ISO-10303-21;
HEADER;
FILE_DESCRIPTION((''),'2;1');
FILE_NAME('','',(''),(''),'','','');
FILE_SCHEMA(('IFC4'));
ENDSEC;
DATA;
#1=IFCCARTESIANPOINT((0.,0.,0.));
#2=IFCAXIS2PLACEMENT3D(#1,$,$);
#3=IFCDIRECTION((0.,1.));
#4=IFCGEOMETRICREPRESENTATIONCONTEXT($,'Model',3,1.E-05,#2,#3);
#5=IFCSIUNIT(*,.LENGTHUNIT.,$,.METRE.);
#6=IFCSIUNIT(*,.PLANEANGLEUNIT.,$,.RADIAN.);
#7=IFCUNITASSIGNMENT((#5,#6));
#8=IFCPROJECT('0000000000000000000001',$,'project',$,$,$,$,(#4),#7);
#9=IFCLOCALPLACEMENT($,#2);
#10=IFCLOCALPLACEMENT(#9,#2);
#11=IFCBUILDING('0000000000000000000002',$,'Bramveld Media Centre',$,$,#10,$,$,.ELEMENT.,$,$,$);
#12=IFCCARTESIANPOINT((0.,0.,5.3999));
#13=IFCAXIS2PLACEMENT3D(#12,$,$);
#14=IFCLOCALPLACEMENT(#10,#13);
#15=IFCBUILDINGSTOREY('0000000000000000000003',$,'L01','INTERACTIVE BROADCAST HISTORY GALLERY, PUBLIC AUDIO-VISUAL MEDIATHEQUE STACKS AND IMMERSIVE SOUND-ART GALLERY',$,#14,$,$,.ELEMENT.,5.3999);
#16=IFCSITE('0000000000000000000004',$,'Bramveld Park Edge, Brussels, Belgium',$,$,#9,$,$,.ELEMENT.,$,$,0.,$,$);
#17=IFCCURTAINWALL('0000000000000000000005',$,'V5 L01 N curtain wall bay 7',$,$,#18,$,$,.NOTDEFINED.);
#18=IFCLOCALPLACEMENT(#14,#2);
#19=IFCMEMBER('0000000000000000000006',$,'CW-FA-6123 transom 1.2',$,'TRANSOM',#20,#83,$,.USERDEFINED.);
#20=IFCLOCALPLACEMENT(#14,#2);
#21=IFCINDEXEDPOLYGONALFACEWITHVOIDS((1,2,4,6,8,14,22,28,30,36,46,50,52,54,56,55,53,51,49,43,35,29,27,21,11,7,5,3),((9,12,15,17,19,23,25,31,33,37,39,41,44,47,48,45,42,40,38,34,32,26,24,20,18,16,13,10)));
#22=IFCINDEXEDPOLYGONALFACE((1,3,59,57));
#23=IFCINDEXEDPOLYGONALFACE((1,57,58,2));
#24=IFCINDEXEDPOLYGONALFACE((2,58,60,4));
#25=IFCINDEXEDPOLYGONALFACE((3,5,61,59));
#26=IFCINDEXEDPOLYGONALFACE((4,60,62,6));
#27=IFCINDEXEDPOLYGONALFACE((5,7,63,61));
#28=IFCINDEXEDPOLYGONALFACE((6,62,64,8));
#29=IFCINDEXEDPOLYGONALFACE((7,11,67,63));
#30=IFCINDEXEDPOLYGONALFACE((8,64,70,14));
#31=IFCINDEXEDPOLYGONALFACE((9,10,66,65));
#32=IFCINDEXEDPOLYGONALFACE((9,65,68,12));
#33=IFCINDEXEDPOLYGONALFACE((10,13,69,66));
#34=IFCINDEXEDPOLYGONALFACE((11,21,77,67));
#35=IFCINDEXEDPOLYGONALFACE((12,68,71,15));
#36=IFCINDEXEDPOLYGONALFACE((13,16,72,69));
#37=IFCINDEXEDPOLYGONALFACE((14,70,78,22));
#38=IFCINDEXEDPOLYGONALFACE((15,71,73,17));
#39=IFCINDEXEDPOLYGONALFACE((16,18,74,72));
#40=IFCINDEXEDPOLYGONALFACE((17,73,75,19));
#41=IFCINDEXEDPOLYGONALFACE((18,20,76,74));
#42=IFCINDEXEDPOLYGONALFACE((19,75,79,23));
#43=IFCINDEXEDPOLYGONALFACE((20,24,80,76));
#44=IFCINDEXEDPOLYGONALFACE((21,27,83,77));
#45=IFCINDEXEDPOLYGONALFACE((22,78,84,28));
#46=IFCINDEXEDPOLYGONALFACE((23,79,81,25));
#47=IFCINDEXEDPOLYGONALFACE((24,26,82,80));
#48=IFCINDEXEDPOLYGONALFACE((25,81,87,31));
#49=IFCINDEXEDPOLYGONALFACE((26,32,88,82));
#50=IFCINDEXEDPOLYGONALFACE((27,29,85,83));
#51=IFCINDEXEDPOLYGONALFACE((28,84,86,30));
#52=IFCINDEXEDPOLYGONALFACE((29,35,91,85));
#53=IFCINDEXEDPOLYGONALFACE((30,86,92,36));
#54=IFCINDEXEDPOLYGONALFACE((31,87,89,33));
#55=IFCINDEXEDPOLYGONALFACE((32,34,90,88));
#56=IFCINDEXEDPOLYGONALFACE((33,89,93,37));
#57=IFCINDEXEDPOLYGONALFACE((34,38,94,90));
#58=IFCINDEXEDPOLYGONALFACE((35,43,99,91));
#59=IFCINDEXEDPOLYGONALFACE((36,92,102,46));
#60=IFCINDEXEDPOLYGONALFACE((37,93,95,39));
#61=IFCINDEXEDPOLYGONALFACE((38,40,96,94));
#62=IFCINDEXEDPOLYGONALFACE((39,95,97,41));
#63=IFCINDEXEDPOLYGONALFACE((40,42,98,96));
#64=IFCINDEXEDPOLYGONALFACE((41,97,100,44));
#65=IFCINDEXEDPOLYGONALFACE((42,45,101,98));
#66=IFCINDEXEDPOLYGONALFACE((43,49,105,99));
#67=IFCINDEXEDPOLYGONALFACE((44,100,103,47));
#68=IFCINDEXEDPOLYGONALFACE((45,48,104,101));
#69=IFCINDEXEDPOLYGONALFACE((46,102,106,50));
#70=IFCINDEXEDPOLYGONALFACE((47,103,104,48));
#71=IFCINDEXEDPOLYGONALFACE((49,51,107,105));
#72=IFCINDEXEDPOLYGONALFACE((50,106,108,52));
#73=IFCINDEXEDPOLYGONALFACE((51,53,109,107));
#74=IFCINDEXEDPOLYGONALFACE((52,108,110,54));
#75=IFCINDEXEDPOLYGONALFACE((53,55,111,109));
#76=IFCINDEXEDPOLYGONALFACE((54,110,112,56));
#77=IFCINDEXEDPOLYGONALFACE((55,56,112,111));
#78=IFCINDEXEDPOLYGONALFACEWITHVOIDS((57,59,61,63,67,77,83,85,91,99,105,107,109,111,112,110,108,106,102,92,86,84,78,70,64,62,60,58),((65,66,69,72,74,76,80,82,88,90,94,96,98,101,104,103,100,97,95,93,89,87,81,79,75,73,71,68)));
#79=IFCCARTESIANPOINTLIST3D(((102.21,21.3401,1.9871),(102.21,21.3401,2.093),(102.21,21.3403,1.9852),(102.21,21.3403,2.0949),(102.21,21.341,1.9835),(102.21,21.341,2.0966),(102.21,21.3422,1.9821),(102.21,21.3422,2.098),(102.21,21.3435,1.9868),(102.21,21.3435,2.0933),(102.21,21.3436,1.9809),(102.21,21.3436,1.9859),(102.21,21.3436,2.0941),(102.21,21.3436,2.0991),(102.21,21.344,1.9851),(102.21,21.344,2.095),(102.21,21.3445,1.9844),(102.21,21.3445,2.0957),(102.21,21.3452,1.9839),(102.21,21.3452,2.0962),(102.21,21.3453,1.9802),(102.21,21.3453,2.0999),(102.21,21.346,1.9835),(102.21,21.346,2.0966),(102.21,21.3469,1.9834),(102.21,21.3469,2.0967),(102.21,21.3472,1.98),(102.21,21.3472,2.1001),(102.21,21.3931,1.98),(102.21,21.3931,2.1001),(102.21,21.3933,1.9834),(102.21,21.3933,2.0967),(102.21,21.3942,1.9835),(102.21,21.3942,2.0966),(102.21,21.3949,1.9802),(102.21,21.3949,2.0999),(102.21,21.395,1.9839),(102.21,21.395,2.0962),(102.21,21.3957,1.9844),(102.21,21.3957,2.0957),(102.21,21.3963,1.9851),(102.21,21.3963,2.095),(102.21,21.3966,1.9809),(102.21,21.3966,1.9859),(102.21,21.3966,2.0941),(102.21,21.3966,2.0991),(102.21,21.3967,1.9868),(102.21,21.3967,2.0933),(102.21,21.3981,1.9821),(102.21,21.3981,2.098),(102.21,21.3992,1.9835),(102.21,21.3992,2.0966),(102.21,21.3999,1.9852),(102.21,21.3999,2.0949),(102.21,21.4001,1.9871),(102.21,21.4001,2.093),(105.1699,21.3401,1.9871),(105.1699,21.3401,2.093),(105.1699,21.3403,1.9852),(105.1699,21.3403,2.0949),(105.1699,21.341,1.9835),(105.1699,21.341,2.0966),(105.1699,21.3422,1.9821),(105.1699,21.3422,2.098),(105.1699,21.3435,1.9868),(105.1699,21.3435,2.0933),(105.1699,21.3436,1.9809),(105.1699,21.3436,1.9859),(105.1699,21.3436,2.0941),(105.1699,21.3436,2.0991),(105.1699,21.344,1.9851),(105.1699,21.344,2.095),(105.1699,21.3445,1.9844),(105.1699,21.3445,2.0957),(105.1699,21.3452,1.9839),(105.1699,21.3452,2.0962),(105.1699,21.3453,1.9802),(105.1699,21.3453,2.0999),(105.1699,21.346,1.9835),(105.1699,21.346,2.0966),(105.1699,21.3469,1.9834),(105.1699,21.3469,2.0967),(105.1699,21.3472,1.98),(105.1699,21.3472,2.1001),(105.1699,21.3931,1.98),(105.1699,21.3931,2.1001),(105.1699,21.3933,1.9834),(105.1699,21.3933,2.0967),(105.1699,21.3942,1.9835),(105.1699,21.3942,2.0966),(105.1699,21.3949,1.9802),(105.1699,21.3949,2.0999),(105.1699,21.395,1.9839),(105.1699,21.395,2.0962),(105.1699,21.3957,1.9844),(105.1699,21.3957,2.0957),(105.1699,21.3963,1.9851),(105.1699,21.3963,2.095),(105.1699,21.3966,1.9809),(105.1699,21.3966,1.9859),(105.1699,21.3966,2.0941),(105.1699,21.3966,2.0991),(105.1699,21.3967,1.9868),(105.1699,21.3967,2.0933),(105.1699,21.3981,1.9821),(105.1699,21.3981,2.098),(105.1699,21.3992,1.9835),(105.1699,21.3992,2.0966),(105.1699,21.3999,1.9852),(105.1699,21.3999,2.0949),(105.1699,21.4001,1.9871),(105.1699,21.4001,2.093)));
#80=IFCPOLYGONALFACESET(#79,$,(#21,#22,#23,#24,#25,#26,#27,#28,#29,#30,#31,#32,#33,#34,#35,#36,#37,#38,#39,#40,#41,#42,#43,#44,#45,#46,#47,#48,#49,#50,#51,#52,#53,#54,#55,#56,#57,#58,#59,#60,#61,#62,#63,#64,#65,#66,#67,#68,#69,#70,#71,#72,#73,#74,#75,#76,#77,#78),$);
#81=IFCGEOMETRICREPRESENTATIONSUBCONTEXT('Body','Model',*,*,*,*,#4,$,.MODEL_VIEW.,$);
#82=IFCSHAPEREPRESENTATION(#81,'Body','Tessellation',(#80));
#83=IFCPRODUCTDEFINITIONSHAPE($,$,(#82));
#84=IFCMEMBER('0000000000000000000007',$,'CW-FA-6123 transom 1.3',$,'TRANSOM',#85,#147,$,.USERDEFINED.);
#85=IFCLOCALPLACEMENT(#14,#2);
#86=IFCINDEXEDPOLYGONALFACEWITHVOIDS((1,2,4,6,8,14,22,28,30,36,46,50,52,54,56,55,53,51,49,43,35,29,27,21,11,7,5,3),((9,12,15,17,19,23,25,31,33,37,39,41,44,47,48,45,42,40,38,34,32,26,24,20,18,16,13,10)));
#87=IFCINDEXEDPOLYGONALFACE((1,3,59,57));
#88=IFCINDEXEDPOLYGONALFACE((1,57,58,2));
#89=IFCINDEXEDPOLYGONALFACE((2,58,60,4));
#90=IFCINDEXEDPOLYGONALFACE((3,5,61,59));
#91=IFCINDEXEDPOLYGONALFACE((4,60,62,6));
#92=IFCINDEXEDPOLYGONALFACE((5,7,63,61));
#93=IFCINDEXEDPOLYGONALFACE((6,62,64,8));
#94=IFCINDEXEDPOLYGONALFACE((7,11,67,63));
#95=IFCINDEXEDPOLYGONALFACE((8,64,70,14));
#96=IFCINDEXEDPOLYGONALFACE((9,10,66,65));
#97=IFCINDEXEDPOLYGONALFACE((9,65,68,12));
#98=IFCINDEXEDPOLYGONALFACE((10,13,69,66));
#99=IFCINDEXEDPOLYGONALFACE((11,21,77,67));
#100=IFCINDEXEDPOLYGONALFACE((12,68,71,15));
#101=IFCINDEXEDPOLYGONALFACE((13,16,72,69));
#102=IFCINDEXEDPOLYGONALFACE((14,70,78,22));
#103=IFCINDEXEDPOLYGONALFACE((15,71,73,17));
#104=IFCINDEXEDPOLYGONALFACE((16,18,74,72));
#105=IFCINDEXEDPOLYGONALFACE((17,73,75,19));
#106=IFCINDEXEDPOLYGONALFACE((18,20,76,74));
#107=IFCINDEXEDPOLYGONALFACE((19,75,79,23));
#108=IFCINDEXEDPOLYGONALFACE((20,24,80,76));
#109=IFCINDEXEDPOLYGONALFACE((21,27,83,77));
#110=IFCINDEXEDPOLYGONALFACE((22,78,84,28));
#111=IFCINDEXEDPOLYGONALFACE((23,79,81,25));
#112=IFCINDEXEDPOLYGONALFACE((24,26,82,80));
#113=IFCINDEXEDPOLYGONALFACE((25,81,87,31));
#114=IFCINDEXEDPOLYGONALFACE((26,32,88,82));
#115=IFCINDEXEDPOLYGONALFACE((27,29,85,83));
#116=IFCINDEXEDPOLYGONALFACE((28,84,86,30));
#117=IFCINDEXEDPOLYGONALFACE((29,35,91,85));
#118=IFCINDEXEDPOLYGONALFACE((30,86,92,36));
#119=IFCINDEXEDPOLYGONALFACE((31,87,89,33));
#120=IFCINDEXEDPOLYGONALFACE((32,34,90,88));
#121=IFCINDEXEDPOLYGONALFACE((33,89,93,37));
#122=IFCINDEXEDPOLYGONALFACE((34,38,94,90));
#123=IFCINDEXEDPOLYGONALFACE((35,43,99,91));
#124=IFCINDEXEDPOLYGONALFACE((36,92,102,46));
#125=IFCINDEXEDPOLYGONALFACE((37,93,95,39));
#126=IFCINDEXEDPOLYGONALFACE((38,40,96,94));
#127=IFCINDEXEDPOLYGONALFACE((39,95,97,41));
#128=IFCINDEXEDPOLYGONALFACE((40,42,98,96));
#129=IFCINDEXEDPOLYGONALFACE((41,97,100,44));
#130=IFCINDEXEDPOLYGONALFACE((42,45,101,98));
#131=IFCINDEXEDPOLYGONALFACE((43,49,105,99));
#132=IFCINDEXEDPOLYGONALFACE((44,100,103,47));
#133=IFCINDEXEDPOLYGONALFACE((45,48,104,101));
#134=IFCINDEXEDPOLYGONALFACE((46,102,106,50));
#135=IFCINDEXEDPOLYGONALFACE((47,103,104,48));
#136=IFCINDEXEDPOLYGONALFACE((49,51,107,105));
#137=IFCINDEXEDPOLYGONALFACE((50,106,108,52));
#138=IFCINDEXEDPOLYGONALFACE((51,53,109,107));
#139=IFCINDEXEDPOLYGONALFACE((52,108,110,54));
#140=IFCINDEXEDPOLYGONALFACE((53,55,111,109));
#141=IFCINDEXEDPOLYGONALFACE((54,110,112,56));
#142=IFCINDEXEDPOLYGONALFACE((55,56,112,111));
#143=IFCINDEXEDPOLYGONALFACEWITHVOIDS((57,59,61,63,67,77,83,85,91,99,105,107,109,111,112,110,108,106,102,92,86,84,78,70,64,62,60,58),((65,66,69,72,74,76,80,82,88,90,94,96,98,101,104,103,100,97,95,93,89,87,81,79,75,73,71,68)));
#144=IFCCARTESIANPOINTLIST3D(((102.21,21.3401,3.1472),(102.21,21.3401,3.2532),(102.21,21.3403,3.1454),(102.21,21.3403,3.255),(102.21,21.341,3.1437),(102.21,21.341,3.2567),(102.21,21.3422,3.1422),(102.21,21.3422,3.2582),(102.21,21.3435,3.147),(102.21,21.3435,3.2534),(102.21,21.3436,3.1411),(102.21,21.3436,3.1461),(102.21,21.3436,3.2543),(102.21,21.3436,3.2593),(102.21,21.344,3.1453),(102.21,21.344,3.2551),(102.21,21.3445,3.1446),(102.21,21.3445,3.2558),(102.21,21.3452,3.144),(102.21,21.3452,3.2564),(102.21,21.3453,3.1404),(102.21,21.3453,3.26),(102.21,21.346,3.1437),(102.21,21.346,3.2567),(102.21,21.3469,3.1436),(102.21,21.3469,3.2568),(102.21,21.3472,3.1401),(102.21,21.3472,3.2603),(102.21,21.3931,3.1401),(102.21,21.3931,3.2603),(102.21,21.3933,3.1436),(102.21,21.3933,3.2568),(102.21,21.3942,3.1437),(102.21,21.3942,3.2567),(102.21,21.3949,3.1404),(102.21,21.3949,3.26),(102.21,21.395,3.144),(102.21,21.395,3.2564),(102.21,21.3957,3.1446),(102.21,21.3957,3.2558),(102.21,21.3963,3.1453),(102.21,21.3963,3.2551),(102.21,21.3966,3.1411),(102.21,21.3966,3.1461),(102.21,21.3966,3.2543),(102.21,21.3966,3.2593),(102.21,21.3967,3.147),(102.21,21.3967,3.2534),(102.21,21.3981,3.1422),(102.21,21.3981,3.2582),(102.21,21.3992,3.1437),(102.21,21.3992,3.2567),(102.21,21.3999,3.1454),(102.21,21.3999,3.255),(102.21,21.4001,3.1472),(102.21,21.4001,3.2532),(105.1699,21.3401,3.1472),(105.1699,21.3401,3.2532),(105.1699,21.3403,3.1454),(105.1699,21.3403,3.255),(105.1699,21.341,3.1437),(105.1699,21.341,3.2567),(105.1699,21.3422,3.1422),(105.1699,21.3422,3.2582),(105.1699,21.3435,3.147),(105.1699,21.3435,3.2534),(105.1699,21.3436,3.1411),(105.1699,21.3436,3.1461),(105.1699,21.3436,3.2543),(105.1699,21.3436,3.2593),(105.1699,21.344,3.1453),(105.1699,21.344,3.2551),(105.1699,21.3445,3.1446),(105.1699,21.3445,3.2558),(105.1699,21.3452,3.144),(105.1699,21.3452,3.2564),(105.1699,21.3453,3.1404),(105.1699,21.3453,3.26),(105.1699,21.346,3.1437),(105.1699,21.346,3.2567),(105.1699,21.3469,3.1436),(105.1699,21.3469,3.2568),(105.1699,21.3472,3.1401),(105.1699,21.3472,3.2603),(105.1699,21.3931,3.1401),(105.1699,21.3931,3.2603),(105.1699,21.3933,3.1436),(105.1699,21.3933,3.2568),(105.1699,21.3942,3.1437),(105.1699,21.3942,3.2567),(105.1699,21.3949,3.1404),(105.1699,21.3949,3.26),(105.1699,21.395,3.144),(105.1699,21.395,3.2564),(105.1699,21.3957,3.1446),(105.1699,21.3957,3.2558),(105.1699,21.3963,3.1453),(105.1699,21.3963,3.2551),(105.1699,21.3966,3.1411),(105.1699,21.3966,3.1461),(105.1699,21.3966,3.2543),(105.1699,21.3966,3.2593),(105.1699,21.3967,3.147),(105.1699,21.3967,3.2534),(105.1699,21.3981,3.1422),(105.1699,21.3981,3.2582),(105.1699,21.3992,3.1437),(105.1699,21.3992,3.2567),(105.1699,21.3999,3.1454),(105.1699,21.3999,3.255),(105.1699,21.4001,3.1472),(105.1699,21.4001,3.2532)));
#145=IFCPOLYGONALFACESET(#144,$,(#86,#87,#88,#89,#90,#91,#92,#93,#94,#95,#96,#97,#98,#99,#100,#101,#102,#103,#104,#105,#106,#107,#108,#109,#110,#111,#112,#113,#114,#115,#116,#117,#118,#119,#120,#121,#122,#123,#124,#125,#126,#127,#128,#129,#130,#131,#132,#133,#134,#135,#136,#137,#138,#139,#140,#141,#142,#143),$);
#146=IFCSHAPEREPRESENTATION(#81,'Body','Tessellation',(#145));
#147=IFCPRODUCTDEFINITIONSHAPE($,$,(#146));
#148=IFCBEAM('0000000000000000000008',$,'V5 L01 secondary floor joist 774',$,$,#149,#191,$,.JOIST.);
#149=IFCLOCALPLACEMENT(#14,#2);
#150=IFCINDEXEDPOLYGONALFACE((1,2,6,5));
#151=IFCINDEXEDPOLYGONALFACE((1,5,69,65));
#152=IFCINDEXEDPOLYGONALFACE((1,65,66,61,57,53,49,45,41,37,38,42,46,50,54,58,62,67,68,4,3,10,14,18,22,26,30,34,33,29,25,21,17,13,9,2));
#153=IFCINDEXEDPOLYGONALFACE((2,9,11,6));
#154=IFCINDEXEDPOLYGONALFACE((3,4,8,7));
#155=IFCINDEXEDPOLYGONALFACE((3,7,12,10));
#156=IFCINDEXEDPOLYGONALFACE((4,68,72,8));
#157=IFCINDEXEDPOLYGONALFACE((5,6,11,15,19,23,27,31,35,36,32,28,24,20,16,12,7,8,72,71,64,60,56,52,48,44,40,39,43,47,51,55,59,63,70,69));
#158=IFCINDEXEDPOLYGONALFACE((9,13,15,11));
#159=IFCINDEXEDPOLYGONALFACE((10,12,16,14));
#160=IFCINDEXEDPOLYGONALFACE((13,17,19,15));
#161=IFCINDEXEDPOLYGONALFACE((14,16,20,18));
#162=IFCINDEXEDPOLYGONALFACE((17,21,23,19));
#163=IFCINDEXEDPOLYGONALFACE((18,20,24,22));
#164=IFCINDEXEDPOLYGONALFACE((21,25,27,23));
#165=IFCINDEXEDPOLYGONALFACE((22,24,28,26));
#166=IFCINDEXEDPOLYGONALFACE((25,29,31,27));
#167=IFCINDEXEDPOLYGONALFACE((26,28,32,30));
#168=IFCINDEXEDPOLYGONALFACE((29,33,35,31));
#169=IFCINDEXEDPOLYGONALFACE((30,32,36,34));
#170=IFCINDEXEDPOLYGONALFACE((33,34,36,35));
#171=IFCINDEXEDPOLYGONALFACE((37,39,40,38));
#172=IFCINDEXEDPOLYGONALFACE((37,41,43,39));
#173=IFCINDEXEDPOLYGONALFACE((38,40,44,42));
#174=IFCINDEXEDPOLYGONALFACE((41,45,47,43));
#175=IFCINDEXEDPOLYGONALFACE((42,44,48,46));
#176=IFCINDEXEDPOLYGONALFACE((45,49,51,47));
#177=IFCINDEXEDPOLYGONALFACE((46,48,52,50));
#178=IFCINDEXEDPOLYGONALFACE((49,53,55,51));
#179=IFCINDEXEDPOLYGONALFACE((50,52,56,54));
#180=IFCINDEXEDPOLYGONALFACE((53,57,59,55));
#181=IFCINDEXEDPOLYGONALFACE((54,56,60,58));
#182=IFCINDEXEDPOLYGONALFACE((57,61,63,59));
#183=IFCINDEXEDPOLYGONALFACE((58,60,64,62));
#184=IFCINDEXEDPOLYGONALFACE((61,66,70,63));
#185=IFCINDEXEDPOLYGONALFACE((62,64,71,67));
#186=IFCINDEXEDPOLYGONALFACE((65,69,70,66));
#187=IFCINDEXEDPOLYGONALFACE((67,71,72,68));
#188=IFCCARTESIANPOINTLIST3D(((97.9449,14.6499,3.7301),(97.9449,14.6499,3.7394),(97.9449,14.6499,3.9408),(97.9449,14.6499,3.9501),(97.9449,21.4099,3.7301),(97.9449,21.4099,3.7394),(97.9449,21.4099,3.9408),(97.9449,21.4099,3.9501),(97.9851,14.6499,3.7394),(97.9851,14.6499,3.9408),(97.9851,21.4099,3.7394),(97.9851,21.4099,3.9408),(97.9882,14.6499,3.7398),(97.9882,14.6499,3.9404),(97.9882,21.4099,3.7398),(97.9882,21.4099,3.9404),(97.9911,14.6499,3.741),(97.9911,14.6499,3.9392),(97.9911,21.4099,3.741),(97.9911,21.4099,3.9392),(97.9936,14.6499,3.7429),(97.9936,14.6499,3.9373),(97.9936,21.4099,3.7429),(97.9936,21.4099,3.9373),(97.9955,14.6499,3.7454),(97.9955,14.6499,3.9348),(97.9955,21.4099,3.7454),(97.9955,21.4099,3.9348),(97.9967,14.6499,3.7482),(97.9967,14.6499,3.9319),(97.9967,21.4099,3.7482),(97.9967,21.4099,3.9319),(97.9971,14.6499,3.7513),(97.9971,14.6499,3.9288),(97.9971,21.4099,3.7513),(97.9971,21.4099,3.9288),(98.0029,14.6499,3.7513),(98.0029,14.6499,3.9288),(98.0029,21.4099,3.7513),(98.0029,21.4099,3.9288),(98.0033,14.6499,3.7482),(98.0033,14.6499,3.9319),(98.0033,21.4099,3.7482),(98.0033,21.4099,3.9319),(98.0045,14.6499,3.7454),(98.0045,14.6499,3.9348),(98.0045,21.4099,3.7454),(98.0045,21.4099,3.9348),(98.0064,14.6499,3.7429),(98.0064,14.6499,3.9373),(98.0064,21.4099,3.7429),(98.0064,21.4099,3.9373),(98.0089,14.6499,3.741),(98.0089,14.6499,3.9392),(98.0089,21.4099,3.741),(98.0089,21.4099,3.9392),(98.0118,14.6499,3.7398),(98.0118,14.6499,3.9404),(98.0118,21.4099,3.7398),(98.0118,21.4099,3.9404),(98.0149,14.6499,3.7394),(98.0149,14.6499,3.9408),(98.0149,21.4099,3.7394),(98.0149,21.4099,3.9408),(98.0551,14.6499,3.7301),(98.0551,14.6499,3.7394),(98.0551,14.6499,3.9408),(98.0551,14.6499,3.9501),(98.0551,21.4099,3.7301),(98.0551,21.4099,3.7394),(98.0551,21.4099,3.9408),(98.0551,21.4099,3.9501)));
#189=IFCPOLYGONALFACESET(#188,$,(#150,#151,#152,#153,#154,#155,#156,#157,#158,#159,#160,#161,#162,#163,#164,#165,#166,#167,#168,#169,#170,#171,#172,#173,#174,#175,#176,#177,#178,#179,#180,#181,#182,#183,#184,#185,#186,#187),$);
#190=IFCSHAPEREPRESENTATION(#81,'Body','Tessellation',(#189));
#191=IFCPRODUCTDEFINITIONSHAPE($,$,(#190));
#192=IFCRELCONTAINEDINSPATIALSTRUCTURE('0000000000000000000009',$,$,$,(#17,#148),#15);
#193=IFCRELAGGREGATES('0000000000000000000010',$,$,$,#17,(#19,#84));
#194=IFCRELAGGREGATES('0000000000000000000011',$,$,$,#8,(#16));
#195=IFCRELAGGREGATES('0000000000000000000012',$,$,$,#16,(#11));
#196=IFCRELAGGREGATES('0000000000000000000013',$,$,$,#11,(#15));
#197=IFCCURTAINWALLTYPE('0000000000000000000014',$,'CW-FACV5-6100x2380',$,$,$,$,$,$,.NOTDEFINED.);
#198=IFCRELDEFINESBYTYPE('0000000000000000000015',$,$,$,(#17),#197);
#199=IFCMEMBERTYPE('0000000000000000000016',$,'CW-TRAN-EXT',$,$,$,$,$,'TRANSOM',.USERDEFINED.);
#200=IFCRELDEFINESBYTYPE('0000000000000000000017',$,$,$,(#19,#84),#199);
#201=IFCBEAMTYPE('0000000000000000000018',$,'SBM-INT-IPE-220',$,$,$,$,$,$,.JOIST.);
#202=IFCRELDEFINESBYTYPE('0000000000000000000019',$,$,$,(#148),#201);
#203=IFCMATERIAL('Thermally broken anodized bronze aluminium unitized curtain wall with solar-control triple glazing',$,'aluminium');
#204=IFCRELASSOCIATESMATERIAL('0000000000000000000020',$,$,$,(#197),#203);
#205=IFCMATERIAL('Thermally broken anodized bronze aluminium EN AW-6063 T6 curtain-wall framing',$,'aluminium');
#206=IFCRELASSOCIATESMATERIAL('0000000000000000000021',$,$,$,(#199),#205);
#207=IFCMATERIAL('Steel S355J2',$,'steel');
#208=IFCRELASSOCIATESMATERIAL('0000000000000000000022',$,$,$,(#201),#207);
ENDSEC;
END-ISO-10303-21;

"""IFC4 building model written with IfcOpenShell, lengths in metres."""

from ifc_helpers import new_model, si_unit, direction, frame, origin, origin_2d, place, context, subcontext, project, spatial, hollow_rectangle, i_section, extrude, material, material_profile, profile_set, type_object, element, aggregate, save


model = new_model("IFC4")

# Units and contexts
model_context = context("Model", 3, precision=1e-05, world=origin(), true_north=direction((0.0, 1.0)))
body_context = subcontext(model_context, "Body", "Model", "MODEL_VIEW")
ifc_project = project(units=[si_unit("LENGTHUNIT", "METRE"), si_unit("PLANEANGLEUNIT", "RADIAN")], contexts=[model_context])

# Site, building, storey
site_placement = place(None, origin())
site = spatial("IfcSite", under=ifc_project, at=site_placement, Name="Bramveld Park Edge, Brussels, Belgium", CompositionType="ELEMENT", RefElevation=0.0)
building_placement = place(site_placement, origin())
building = spatial("IfcBuilding", under=site, at=building_placement, Name="Bramveld Media Centre", CompositionType="ELEMENT")
storey_placement = place(building_placement, frame((0.0, 0.0, 5.3999)))
storey = spatial("IfcBuildingStorey", under=building, at=storey_placement, Name="L01", Description="INTERACTIVE BROADCAST HISTORY GALLERY, PUBLIC AUDIO-VISUAL MEDIATHEQUE STACKS AND IMMERSIVE SOUND-ART GALLERY", CompositionType="ELEMENT", Elevation=5.3999)

# Shared definitions
ifc_material_1 = material(Name="Thermally broken anodized bronze aluminium unitized curtain wall with solar-control triple glazing", Category="aluminium")
curtain_wall_type = type_object("IfcCurtainWallType", Name="CW-FACV5-6100x2380", PredefinedType="NOTDEFINED", material=ifc_material_1)

# Curtain wall
curtain_wall_1_placement = place(storey_placement, origin())
curtain_wall_1 = element("IfcCurtainWall", 1, at=curtain_wall_1_placement, inside=storey, type_object=curtain_wall_type, Name="V5 L01 N curtain wall bay 7", PredefinedType="NOTDEFINED")

# Members
ifc_material_2 = material(Name="Thermally broken anodized bronze aluminium EN AW-6063 T6 curtain-wall framing", Category="aluminium")
ifc_material_profile_1 = material_profile(ifc_material_2, hollow_rectangle(XDim=0.0601, YDim=0.1201, WallThickness=0.0034, InnerFilletRadius=0.0034, OuterFilletRadius=0.0071, at=origin_2d()), Name="AL-TRAN 60x120")
ifc_profile_set_1 = profile_set([ifc_material_profile_1], Name="Thermally broken anodized bronze aluminium EN AW-6063 T6 curtain-wall framing")
member_type_1 = type_object("IfcMemberType", Name="CW-TRAN-EXT", ElementType="TRANSOM", PredefinedType="USERDEFINED", material=ifc_profile_set_1)
member_1_placement = place(storey_placement, frame((102.21, 21.3701, 2.04), z_axis=(1.0, 0.0, 0.0), x_axis=(0.0, 1.0, 0.0)))
member_1 = element("IfcMember", 2, at=member_1_placement, type_object=member_type_1, Name="CW-FA-6123 transom 1.2", ObjectType="TRANSOM", PredefinedType="USERDEFINED", context=body_context, shape_type="SweptSolid", body=[
    extrude(hollow_rectangle(XDim=0.0601, YDim=0.1201, WallThickness=0.0034, InnerFilletRadius=0.0034, OuterFilletRadius=0.0071, at=origin_2d()), origin(), (0.0, 0.0, 1.0), 2.96),
])
member_2_placement = place(storey_placement, frame((102.21, 21.3701, 3.2002), z_axis=(1.0, 0.0, 0.0), x_axis=(0.0, 1.0, 0.0)))
member_2 = element("IfcMember", 3, at=member_2_placement, type_object=member_type_1, Name="CW-FA-6123 transom 1.3", ObjectType="TRANSOM", PredefinedType="USERDEFINED", context=body_context, shape_type="SweptSolid", body=[
    extrude(hollow_rectangle(XDim=0.0601, YDim=0.1201, WallThickness=0.0034, InnerFilletRadius=0.0034, OuterFilletRadius=0.0071, at=origin_2d()), origin(), (0.0, 0.0, 1.0), 2.96),
])

# Beam
ifc_material_3 = material(Name="Steel S355J2", Category="steel")
ifc_material_profile_2 = material_profile(ifc_material_3, i_section(OverallWidth=0.1101, OverallDepth=0.22, WebThickness=0.0059, FlangeThickness=0.0093, FilletRadius=0.012, at=origin_2d()), Name="IPE 220")
ifc_profile_set_2 = profile_set([ifc_material_profile_2], Name="Steel S355J2")
beam_type_1 = type_object("IfcBeamType", Name="SBM-INT-IPE-220", PredefinedType="JOIST", material=ifc_profile_set_2)
beam_1_placement = place(storey_placement, frame((98.0, 14.6499, 3.8401), z_axis=(0.0, 1.0, 0.0), x_axis=(-1.0, 0.0, 0.0)))
element("IfcBeam", 4, at=beam_1_placement, inside=storey, type_object=beam_type_1, Name="V5 L01 secondary floor joist 774", PredefinedType="JOIST", context=body_context, shape_type="SweptSolid", body=[
    extrude(i_section(OverallWidth=0.1101, OverallDepth=0.22, WebThickness=0.0059, FlangeThickness=0.0093, FilletRadius=0.012, at=origin_2d()), origin(), (0.0, 0.0, 1.0), 6.76),
])

aggregate(curtain_wall_1, [member_1, member_2])

save(model, "model.ifc")
